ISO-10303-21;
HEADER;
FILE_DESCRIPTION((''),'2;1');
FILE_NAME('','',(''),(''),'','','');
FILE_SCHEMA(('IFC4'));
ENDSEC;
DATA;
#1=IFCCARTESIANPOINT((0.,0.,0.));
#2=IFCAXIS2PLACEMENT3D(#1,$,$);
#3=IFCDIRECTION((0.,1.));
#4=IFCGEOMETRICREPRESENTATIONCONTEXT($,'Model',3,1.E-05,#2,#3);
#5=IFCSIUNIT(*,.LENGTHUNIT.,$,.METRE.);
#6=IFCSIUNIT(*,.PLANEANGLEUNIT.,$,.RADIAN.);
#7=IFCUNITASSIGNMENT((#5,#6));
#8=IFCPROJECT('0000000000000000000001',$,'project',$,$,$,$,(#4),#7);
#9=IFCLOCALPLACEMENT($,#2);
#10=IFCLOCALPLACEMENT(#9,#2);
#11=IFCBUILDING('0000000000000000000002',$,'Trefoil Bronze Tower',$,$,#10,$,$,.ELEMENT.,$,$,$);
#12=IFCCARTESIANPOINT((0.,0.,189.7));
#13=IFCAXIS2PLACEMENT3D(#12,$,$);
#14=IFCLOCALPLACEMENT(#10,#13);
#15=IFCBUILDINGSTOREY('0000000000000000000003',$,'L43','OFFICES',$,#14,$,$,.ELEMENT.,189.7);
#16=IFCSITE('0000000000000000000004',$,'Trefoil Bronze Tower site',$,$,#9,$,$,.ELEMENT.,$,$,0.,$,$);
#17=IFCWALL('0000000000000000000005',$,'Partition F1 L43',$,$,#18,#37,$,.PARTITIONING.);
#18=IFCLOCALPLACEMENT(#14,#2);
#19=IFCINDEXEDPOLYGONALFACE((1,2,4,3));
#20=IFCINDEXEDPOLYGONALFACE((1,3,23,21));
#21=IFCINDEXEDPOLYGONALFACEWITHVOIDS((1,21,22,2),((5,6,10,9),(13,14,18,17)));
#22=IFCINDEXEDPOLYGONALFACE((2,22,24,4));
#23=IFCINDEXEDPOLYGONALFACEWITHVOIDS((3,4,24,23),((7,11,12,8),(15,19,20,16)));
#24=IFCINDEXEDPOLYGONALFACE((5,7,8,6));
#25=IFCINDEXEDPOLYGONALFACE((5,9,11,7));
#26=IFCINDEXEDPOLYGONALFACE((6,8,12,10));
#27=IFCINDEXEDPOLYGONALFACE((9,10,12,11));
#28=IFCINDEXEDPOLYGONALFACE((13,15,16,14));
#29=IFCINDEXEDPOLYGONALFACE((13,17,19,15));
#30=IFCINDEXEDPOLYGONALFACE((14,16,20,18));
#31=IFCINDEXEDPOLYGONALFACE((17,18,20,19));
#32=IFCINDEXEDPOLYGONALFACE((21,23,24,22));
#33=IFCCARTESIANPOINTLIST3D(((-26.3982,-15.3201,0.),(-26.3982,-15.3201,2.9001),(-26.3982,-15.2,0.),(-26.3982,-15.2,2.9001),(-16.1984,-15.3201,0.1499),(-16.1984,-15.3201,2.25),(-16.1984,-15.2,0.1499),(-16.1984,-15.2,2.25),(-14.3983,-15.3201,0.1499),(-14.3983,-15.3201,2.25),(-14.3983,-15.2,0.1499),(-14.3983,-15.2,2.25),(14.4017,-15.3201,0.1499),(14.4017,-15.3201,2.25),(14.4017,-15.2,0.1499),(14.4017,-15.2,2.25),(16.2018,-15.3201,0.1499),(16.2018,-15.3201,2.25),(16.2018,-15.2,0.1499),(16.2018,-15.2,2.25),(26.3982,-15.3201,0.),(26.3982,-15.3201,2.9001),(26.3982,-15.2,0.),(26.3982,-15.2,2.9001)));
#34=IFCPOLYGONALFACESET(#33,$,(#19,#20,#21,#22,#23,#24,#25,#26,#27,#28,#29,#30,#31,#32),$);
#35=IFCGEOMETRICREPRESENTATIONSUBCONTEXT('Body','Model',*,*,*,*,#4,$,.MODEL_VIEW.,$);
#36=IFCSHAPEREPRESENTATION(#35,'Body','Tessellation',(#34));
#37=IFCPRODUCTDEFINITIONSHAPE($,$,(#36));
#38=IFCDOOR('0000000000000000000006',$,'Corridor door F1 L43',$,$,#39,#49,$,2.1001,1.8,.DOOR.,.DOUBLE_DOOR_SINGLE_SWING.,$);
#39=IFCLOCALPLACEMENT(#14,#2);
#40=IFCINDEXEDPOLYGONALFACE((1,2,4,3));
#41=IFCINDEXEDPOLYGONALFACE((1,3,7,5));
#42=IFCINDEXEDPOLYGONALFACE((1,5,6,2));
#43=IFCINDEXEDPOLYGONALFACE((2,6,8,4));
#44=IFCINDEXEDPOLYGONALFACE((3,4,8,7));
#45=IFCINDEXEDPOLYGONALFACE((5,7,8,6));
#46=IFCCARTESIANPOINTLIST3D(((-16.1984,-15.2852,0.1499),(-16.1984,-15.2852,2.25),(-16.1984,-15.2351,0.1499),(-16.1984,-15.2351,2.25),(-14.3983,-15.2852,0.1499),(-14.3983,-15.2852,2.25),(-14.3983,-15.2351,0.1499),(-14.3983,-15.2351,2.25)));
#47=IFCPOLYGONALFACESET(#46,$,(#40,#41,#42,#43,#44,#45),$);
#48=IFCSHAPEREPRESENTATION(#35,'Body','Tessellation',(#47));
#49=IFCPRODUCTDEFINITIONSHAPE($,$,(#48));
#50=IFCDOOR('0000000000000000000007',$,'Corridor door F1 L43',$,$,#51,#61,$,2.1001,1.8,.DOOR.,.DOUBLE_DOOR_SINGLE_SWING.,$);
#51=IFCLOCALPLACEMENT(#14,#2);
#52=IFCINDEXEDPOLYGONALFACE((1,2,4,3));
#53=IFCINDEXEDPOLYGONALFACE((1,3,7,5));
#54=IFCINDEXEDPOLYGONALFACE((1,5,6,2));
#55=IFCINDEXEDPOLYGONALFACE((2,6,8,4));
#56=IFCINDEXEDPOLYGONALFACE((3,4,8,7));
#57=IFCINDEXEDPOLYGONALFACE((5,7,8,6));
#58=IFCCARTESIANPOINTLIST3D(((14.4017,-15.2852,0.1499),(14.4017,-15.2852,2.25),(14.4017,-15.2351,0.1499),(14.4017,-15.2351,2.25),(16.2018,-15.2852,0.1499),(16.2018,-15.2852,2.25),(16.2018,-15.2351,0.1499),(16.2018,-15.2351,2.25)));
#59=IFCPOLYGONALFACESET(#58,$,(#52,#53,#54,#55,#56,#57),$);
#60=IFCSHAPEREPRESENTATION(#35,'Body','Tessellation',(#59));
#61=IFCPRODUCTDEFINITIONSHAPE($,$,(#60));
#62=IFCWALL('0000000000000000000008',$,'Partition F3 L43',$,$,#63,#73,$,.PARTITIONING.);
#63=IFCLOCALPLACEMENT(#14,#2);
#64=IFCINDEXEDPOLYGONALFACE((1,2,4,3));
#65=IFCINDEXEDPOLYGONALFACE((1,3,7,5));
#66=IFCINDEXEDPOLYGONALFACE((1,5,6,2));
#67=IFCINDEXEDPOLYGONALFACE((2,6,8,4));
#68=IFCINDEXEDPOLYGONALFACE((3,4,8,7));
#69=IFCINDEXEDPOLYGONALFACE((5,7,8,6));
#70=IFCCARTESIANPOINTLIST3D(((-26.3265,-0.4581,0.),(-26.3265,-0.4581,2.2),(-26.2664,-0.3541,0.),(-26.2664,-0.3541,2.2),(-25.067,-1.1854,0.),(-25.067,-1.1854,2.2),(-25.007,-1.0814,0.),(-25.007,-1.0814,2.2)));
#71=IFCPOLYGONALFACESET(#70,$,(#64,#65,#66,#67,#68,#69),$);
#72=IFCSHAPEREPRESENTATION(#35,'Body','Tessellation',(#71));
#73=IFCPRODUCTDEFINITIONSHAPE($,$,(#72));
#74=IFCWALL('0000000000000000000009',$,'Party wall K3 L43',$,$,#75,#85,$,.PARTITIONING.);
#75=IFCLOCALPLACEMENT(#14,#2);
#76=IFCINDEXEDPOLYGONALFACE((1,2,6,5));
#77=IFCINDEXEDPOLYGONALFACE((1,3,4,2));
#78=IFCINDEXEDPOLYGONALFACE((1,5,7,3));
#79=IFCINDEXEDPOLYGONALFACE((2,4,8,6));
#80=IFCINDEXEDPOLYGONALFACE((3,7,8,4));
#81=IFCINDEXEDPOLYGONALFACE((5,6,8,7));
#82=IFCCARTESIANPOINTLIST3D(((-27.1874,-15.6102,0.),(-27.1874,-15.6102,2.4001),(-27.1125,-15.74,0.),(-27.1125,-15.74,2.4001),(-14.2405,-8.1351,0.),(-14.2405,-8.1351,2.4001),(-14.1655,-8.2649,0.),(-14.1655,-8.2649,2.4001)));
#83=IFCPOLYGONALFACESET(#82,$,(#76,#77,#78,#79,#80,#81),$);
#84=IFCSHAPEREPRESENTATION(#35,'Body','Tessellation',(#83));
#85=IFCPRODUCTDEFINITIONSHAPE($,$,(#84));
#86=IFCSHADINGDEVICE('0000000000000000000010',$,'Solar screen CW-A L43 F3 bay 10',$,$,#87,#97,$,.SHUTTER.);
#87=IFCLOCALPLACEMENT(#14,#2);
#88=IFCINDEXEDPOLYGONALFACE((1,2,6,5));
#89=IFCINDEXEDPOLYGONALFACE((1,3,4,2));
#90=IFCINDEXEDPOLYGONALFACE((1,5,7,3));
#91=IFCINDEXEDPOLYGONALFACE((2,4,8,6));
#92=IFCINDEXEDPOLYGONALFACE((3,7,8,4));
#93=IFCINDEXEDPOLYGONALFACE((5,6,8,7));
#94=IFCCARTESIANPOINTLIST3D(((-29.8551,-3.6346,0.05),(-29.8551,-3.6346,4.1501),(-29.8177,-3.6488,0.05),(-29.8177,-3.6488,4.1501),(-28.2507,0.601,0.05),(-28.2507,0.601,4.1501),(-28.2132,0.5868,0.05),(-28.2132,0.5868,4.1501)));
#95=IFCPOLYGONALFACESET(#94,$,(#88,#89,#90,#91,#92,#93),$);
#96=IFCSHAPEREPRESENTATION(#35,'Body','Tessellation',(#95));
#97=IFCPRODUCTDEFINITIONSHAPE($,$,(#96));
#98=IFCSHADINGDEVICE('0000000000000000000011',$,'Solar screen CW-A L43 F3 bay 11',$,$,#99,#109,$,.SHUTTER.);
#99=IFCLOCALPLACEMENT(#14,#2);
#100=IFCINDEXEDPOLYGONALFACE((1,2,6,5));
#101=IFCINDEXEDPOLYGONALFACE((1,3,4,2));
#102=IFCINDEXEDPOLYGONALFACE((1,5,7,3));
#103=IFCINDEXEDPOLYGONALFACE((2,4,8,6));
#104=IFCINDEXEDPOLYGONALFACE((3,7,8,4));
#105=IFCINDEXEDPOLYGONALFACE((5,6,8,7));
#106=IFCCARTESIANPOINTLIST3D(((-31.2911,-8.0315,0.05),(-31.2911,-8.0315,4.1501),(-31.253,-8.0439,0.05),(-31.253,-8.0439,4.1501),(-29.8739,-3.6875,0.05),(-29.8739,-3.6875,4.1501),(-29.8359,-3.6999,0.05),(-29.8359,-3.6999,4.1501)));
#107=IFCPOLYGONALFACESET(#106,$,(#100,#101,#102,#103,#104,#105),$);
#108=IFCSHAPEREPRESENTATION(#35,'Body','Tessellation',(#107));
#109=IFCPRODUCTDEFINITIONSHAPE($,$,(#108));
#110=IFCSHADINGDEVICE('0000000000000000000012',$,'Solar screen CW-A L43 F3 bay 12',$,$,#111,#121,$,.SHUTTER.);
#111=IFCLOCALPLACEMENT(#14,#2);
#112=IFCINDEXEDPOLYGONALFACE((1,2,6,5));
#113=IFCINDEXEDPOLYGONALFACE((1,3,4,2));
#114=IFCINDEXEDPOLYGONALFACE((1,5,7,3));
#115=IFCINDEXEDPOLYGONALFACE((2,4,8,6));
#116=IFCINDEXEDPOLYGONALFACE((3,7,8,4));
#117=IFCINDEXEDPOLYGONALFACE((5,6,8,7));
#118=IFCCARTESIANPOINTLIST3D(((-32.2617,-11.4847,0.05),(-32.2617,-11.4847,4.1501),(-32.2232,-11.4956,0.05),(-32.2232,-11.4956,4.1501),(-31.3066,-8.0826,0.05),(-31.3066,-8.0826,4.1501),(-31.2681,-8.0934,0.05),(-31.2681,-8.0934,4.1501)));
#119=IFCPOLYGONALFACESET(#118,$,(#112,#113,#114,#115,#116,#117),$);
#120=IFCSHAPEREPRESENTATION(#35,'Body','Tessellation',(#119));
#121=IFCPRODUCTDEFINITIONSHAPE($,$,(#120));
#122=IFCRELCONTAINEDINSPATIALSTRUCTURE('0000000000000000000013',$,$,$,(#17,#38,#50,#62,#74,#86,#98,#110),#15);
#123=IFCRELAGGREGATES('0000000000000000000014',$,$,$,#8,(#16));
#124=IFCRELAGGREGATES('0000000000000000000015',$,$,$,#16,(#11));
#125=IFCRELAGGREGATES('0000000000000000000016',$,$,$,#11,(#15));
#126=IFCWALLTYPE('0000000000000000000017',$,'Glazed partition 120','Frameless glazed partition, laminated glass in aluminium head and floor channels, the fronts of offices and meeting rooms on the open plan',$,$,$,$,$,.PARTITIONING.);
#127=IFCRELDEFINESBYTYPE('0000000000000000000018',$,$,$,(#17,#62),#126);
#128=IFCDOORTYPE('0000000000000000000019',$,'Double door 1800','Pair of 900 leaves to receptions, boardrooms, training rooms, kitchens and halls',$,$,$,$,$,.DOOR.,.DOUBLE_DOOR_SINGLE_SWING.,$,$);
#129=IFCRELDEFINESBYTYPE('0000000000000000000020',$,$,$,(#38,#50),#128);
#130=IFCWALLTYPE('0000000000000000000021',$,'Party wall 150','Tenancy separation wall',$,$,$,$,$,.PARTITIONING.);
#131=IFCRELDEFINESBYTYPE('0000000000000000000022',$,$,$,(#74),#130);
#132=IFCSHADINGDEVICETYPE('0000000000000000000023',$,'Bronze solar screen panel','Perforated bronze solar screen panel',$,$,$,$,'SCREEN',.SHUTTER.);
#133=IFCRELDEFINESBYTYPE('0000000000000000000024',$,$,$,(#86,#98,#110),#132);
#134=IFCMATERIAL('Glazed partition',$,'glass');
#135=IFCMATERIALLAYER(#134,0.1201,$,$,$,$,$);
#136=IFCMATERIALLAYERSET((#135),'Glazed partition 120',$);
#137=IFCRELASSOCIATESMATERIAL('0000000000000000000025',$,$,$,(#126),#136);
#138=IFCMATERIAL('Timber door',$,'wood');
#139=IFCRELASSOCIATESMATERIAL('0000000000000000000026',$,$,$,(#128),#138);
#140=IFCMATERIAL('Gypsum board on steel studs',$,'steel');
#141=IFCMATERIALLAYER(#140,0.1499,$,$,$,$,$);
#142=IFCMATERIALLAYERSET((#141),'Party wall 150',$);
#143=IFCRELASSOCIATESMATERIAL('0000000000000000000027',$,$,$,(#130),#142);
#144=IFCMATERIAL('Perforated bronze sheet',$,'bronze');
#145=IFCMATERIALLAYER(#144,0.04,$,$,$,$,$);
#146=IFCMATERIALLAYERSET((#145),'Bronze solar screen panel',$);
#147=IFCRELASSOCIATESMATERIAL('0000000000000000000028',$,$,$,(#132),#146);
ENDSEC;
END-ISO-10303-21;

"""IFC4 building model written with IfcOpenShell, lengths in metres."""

from ifc_helpers import new_model, si_unit, direction, frame, frame_2d, origin, origin_2d, place, context, subcontext, project, spatial, rectangle, extrude, material, layer, layer_set, type_object, element, fill, save


model = new_model("IFC4")

# Units and contexts
model_context = context("Model", 3, precision=1e-05, world=origin(), true_north=direction((0.0, 1.0)))
body_context = subcontext(model_context, "Body", "Model", "MODEL_VIEW")
ifc_project = project(units=[si_unit("LENGTHUNIT", "METRE"), si_unit("PLANEANGLEUNIT", "RADIAN")], contexts=[model_context])

# Site, building, storey
site_placement = place(None, origin())
site = spatial("IfcSite", under=ifc_project, at=site_placement, Name="Trefoil Bronze Tower site", CompositionType="ELEMENT", RefElevation=0.0)
building_placement = place(site_placement, origin())
building = spatial("IfcBuilding", under=site, at=building_placement, Name="Trefoil Bronze Tower", CompositionType="ELEMENT")
storey_placement = place(building_placement, frame((0.0, 0.0, 189.7)))
storey = spatial("IfcBuildingStorey", under=building, at=storey_placement, Name="L43", Description="OFFICES", CompositionType="ELEMENT", Elevation=189.7)

# Wall, openings, doors
ifc_material_1 = material(Name="Glazed partition", Category="glass")
ifc_layer_1 = layer(ifc_material_1, 0.1201)
ifc_layer_set_1 = layer_set([ifc_layer_1], Name="Glazed partition 120")
wall_type_1 = type_object("IfcWallType", Name="Glazed partition 120", Description="Frameless glazed partition, laminated glass in aluminium head and floor channels, the fronts of offices and meeting rooms on the open plan", PredefinedType="PARTITIONING", material=ifc_layer_set_1)
wall_1_placement = place(storey_placement, frame((-26.3982, -15.26, 0.0), z_axis=(0.0, 0.0, 1.0), x_axis=(1.0, 0.0, 0.0)))
wall_1 = element("IfcWall", 1, at=wall_1_placement, inside=storey, type_object=wall_type_1, Name="Partition F1 L43", PredefinedType="PARTITIONING", context=body_context, shape_type="SweptSolid", body=[
    extrude(rectangle(XDim=52.7964, YDim=0.1201, at=frame_2d((26.3982, 0.0))), origin(), (0.0, 0.0, 1.0), 2.9001),
])
opening_1_placement = place(wall_1_placement, frame((10.2, 0.0, 0.1499)))
opening_1 = element("IfcOpeningElement", 2, at=opening_1_placement, cuts=wall_1, PredefinedType="OPENING", context=body_context, shape_type="SweptSolid", body=[
    extrude(rectangle(XDim=1.8, YDim=2.1001, at=frame_2d((0.8999, 1.05))), frame((0.0, 0.0701, 0.0), z_axis=(0.0, -1.0, 0.0), x_axis=(1.0, 0.0, 0.0)), (0.0, 0.0, 1.0), 0.1401),
])
opening_2_placement = place(wall_1_placement, frame((40.8, 0.0, 0.1499)))
opening_2 = element("IfcOpeningElement", 3, at=opening_2_placement, cuts=wall_1, PredefinedType="OPENING", context=body_context, shape_type="SweptSolid", body=[
    extrude(rectangle(XDim=1.8, YDim=2.1001, at=frame_2d((0.8999, 1.05))), frame((0.0, 0.0701, 0.0), z_axis=(0.0, -1.0, 0.0), x_axis=(1.0, 0.0, 0.0)), (0.0, 0.0, 1.0), 0.1401),
])
ifc_material_2 = material(Name="Timber door", Category="wood")
door_type = type_object("IfcDoorType", Name="Double door 1800", Description="Pair of 900 leaves to receptions, boardrooms, training rooms, kitchens and halls", OperationType="DOUBLE_DOOR_SINGLE_SWING", PredefinedType="DOOR", material=ifc_material_2)
door_1_placement = place(opening_1_placement, origin())
door_1 = element("IfcDoor", 4, at=door_1_placement, inside=storey, type_object=door_type, Name="Corridor door F1 L43", OperationType="DOUBLE_DOOR_SINGLE_SWING", OverallHeight=2.1001, OverallWidth=1.8, PredefinedType="DOOR", context=body_context, shape_type="SweptSolid", body=[
    extrude(rectangle(XDim=1.8, YDim=2.1001, at=frame_2d((0.8999, 1.05))), frame((0.0, 0.0249, 0.0), z_axis=(0.0, -1.0, 0.0), x_axis=(1.0, 0.0, 0.0)), (0.0, 0.0, 1.0), 0.05),
])
fill(opening_1, door_1)
door_2_placement = place(opening_2_placement, origin())
door_2 = element("IfcDoor", 5, at=door_2_placement, inside=storey, type_object=door_type, Name="Corridor door F1 L43", OperationType="DOUBLE_DOOR_SINGLE_SWING", OverallHeight=2.1001, OverallWidth=1.8, PredefinedType="DOOR", context=body_context, shape_type="SweptSolid", body=[
    extrude(rectangle(XDim=1.8, YDim=2.1001, at=frame_2d((0.8999, 1.05))), frame((0.0, 0.0249, 0.0), z_axis=(0.0, -1.0, 0.0), x_axis=(1.0, 0.0, 0.0)), (0.0, 0.0, 1.0), 0.05),
])
fill(opening_2, door_2)

# Walls
wall_2_placement = place(storey_placement, frame((-25.0371, -1.1333, 0.0), z_axis=(0.0, 0.0, 1.0), x_axis=(-0.865993, 0.500057, 0.0)))
element("IfcWall", 6, at=wall_2_placement, inside=storey, type_object=wall_type_1, Name="Partition F3 L43", PredefinedType="PARTITIONING", context=body_context, shape_type="SweptSolid", body=[
    extrude(rectangle(XDim=1.4543, YDim=0.1201, at=frame_2d((0.7271, 0.0))), origin(), (0.0, 0.0, 1.0), 2.2),
])
ifc_material_3 = material(Name="Gypsum board on steel studs", Category="steel")
ifc_layer_2 = layer(ifc_material_3, 0.1499)
ifc_layer_set_2 = layer_set([ifc_layer_2], Name="Party wall 150")
wall_type_2 = type_object("IfcWallType", Name="Party wall 150", Description="Tenancy separation wall", PredefinedType="PARTITIONING", material=ifc_layer_set_2)
wall_3_placement = place(storey_placement, frame((-14.2029, -8.2, 0.0), z_axis=(0.0, 0.0, 1.0), x_axis=(-0.866022, -0.500007, 0.0)))
element("IfcWall", 7, at=wall_3_placement, inside=storey, type_object=wall_type_2, Name="Party wall K3 L43", PredefinedType="PARTITIONING", context=body_context, shape_type="SweptSolid", body=[
    extrude(rectangle(XDim=14.95, YDim=0.1499, at=frame_2d((7.4751, 0.0))), origin(), (0.0, 0.0, 1.0), 2.4001),
])

# Shading devices
ifc_material_4 = material(Name="Perforated bronze sheet", Category="bronze")
ifc_layer_3 = layer(ifc_material_4, 0.04)
ifc_layer_set_3 = layer_set([ifc_layer_3], Name="Bronze solar screen panel")
shading_device_type = type_object("IfcShadingDeviceType", Name="Bronze solar screen panel", Description="Perforated bronze solar screen panel", ElementType="SCREEN", PredefinedType="SHUTTER", material=ifc_layer_set_3)
shading_device_1_placement = place(storey_placement, frame((-29.0342, -1.5239, 0.05), z_axis=(0.0, 0.0, 1.0), x_axis=(-0.354234, -0.935157, 0.0)))
element("IfcShadingDevice", 8, at=shading_device_1_placement, inside=storey, type_object=shading_device_type, Name="Solar screen CW-A L43 F3 bay 10", PredefinedType="SHUTTER", context=body_context, shape_type="SweptSolid", body=[
    extrude(rectangle(XDim=4.5293, YDim=0.04, at=origin_2d()), origin(), (0.0, 0.0, 1.0), 4.1001),
])
shading_device_2_placement = place(storey_placement, frame((-30.5635, -5.8657, 0.05), z_axis=(0.0, 0.0, 1.0), x_axis=(-0.310149, -0.950688, 0.0)))
element("IfcShadingDevice", 9, at=shading_device_2_placement, inside=storey, type_object=shading_device_type, Name="Solar screen CW-A L43 F3 bay 11", PredefinedType="SHUTTER", context=body_context, shape_type="SweptSolid", body=[
    extrude(rectangle(XDim=4.5693, YDim=0.04, at=origin_2d()), origin(), (0.0, 0.0, 1.0), 4.1001),
])
shading_device_3_placement = place(storey_placement, frame((-31.7649, -9.7891, 0.05), z_axis=(0.0, 0.0, 1.0), x_axis=(-0.270282, -0.962781, 0.0)))
element("IfcShadingDevice", 10, at=shading_device_3_placement, inside=storey, type_object=shading_device_type, Name="Solar screen CW-A L43 F3 bay 12", PredefinedType="SHUTTER", context=body_context, shape_type="SweptSolid", body=[
    extrude(rectangle(XDim=3.5337, YDim=0.04, at=origin_2d()), origin(), (0.0, 0.0, 1.0), 4.1001),
])

save(model, "model.ifc")
